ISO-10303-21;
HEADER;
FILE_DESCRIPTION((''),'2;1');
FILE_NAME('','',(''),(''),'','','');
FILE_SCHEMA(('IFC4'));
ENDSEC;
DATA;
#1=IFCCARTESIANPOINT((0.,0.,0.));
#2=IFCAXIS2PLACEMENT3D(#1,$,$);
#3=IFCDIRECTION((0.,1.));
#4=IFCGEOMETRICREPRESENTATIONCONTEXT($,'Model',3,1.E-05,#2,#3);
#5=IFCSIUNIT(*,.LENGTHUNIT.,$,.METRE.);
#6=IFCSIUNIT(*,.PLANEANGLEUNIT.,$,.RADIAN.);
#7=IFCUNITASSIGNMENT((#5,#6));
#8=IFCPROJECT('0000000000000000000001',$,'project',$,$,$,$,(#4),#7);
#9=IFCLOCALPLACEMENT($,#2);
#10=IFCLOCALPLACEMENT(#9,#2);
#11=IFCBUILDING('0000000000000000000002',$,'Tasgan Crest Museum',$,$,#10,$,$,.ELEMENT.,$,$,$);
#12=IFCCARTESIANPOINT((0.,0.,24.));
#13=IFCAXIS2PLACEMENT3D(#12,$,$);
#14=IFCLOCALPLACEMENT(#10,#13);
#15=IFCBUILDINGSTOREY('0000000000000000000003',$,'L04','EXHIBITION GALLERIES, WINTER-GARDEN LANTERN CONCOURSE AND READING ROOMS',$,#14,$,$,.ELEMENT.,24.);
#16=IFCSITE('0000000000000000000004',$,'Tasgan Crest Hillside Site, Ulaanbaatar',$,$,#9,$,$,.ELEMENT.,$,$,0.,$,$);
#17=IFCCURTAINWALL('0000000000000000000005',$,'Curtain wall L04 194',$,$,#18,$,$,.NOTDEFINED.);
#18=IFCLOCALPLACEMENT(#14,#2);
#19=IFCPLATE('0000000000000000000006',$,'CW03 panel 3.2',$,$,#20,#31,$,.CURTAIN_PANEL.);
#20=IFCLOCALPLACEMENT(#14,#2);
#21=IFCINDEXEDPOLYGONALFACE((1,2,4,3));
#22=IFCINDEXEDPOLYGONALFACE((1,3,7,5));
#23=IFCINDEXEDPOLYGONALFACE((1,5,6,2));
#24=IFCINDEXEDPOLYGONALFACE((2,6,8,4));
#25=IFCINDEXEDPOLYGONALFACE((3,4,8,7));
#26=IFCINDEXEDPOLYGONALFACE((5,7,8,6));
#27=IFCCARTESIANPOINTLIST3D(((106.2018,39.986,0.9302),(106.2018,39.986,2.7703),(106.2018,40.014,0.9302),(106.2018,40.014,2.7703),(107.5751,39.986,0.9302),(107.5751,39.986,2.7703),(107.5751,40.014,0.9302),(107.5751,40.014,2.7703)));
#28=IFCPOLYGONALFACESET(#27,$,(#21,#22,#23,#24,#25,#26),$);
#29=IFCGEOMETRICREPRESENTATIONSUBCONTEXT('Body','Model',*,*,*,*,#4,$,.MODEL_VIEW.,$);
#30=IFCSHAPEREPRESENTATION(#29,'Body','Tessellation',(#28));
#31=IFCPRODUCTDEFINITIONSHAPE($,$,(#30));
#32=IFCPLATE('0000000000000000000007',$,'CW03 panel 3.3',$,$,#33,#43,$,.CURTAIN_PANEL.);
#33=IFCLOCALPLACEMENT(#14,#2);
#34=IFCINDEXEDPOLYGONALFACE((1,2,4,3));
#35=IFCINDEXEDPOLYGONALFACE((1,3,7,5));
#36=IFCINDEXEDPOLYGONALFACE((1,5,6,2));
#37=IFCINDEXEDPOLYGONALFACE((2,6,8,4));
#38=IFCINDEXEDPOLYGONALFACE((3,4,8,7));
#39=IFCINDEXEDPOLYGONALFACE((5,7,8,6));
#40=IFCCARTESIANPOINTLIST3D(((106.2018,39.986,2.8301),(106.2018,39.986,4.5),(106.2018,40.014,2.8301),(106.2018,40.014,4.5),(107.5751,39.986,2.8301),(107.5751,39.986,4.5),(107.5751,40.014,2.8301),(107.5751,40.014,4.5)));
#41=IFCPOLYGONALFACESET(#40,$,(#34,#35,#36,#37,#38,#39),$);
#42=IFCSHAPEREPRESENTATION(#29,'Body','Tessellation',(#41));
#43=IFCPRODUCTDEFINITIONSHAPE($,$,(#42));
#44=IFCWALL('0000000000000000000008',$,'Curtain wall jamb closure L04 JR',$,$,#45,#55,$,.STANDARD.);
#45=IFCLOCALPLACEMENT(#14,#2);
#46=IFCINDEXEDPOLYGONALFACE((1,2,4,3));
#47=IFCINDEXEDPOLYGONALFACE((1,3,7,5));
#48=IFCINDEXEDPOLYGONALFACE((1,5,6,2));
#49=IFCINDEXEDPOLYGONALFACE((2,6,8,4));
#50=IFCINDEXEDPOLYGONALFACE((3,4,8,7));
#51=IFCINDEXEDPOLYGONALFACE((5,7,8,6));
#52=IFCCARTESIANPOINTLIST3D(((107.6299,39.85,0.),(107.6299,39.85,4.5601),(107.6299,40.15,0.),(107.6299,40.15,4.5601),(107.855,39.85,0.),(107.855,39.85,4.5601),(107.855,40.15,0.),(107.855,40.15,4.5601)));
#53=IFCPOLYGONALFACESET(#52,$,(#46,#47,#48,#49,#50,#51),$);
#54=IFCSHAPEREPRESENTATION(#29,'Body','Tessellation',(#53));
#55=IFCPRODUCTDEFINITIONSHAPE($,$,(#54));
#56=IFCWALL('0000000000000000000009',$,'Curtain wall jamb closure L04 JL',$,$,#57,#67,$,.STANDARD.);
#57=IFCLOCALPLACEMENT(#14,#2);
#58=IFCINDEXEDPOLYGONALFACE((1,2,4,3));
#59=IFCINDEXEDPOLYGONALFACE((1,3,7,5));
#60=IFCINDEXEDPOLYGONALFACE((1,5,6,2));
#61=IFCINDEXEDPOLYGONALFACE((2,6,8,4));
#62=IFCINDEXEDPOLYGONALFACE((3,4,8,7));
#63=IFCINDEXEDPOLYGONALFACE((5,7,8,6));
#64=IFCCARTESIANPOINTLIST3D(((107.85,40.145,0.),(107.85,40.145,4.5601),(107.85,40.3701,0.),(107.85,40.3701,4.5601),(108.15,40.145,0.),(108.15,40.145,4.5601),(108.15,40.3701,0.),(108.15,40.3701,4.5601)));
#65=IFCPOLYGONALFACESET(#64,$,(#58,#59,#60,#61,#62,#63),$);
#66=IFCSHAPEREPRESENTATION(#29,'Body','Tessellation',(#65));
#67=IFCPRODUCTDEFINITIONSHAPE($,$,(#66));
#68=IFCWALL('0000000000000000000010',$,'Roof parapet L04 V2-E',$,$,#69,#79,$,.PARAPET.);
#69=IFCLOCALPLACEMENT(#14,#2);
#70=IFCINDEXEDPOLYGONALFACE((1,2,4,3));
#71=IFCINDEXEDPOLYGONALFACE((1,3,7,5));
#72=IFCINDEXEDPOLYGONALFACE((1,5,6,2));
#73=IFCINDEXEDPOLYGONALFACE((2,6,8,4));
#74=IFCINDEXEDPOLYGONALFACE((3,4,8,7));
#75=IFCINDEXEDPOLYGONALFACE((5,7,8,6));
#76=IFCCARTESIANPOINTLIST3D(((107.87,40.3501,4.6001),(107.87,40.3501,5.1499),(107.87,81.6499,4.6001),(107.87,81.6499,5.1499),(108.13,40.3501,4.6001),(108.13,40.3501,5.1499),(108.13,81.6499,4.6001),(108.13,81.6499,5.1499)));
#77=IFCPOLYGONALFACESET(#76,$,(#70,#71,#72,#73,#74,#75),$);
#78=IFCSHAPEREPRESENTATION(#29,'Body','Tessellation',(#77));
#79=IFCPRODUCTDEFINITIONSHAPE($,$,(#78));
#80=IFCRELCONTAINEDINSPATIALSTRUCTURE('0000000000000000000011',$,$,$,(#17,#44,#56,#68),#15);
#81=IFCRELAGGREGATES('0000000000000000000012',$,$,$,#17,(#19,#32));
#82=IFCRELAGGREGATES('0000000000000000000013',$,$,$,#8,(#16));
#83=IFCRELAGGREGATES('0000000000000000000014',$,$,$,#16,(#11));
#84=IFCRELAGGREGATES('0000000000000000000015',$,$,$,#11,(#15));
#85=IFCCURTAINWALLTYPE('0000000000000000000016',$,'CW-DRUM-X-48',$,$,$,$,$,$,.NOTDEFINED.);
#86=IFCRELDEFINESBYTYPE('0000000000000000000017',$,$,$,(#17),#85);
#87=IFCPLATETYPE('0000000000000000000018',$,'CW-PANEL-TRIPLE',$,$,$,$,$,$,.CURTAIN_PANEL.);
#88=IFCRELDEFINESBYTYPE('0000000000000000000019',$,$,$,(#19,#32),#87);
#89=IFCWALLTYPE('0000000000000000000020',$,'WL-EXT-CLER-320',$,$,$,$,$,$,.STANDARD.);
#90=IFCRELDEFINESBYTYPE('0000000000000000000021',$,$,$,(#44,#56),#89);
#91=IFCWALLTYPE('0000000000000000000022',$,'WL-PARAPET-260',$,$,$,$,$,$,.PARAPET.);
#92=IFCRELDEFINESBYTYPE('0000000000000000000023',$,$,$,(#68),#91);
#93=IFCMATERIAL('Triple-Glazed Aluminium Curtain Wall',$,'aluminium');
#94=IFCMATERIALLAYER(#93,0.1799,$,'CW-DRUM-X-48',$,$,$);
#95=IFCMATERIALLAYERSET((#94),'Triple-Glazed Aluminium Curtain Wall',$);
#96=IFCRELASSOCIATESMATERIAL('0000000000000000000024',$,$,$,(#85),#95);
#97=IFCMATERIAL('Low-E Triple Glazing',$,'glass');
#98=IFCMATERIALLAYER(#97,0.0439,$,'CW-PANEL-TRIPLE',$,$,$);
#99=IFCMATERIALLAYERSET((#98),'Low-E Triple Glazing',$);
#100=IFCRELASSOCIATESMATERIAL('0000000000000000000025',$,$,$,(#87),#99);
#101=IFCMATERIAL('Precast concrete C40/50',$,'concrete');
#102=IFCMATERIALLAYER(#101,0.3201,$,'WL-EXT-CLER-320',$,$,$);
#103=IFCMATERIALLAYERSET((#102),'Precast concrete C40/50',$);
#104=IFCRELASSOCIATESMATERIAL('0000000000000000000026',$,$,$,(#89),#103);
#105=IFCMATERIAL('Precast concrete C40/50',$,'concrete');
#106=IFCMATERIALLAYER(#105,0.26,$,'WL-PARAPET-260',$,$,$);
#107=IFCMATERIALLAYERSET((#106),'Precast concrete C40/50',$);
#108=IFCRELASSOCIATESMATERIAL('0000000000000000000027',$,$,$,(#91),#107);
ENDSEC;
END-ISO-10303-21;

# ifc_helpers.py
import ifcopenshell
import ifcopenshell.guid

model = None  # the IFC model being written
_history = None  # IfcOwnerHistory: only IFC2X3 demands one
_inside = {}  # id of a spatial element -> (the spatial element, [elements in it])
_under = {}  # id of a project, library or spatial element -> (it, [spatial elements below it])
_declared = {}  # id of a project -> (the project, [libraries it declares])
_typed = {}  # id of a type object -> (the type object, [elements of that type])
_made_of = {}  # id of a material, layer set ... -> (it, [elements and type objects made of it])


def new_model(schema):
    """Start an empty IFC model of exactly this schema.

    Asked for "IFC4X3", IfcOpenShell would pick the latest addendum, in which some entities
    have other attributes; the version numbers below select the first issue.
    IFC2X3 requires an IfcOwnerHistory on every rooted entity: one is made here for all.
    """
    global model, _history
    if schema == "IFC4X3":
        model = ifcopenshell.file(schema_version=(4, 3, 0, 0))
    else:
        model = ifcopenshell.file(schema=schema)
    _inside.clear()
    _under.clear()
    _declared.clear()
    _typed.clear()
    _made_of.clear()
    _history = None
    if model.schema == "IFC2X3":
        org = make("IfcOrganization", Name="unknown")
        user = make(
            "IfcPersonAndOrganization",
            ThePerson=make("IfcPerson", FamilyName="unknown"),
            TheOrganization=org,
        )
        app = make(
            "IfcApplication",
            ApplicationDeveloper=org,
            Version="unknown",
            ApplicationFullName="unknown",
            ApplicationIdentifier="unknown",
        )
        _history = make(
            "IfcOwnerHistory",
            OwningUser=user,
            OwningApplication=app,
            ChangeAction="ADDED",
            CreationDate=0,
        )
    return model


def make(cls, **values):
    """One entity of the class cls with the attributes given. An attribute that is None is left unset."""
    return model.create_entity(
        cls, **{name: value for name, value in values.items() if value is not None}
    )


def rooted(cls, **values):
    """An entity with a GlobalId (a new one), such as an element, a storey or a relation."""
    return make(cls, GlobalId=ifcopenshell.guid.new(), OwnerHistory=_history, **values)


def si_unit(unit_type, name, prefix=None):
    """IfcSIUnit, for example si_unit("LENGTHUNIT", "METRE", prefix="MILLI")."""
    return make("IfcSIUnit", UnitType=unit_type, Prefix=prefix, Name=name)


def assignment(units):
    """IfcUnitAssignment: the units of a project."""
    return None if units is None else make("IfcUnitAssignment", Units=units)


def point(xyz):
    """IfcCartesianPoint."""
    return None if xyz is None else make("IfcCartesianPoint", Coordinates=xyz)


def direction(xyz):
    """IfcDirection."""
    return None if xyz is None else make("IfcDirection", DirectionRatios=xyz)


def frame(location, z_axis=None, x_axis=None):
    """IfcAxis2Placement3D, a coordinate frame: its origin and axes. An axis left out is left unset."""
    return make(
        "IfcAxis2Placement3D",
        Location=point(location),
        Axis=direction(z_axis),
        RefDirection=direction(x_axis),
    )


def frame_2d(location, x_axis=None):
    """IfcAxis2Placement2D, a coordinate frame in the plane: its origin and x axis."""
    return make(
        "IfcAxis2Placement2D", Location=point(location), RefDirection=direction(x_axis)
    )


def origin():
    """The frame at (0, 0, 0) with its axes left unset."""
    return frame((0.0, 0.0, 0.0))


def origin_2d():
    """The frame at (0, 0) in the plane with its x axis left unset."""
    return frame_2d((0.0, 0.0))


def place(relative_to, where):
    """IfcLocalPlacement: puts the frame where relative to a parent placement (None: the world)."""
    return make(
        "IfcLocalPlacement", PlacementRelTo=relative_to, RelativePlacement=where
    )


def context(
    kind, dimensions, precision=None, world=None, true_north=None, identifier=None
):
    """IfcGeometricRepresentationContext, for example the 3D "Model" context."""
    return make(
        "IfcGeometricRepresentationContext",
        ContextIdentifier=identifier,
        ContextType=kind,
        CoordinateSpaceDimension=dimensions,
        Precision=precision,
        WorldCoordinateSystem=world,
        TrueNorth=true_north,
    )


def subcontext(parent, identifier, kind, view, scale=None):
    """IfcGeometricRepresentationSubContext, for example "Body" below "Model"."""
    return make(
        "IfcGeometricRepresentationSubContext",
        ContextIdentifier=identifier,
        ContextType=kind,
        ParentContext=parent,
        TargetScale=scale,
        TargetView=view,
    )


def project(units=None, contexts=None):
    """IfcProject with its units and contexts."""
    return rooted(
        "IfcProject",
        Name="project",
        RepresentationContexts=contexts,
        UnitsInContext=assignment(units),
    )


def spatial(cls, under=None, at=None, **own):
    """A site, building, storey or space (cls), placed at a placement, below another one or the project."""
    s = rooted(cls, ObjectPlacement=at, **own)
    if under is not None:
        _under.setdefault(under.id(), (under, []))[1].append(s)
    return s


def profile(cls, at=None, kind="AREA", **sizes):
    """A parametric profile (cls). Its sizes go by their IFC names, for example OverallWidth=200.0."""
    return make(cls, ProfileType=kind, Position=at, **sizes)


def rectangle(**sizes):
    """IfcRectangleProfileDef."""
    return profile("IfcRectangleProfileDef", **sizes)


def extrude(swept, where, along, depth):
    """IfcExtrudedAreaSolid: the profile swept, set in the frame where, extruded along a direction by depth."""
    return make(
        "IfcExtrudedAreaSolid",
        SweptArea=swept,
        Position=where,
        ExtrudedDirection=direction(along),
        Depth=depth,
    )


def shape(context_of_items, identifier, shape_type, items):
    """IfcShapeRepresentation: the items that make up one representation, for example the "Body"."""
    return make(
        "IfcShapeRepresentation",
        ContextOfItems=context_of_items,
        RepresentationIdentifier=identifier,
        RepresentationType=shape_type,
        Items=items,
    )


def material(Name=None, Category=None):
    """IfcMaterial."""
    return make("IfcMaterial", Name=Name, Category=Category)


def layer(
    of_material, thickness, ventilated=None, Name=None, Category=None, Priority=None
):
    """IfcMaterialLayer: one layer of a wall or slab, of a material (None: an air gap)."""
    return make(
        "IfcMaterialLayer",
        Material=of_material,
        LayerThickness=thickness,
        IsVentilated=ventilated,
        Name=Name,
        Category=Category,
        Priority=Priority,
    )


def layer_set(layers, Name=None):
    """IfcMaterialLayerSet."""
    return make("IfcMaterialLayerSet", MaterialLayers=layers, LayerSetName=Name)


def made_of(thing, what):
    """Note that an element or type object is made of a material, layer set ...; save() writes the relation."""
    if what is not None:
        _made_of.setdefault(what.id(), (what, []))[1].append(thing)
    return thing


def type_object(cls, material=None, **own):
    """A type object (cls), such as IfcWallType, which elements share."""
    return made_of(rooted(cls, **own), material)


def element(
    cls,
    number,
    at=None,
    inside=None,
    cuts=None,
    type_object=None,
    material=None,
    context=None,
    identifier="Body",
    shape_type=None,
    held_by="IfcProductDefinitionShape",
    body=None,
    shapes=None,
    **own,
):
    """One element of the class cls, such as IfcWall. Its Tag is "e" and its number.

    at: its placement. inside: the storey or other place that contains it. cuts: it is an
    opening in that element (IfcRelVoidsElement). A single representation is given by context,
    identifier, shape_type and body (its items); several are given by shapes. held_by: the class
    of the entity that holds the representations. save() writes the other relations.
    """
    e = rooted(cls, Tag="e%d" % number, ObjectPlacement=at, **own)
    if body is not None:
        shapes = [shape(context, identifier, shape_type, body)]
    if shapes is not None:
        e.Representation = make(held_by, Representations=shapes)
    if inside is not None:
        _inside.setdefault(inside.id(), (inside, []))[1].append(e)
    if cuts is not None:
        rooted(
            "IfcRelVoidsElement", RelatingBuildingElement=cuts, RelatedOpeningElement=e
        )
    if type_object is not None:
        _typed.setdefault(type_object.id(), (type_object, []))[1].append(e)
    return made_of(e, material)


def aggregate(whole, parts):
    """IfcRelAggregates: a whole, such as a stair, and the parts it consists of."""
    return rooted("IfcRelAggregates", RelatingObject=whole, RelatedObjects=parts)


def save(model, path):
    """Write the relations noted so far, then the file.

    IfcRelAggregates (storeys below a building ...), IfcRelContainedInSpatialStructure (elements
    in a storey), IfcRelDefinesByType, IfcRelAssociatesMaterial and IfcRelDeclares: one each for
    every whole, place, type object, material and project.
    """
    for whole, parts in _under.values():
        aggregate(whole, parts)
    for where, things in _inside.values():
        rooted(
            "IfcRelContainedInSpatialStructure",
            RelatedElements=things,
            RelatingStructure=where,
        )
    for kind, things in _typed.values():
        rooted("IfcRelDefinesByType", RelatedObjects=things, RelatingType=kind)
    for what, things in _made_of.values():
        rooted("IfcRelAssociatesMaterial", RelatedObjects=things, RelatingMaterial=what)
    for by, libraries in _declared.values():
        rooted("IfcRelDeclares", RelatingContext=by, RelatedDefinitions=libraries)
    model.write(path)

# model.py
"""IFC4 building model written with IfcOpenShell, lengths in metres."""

from ifc_helpers import new_model, si_unit, direction, frame, frame_2d, origin, origin_2d, place, context, subcontext, project, spatial, rectangle, extrude, material, layer, layer_set, type_object, element, aggregate, save


model = new_model("IFC4")

# Units and contexts
model_context = context("Model", 3, precision=1e-05, world=origin(), true_north=direction((0.0, 1.0)))
body_context = subcontext(model_context, "Body", "Model", "MODEL_VIEW")
ifc_project = project(units=[si_unit("LENGTHUNIT", "METRE"), si_unit("PLANEANGLEUNIT", "RADIAN")], contexts=[model_context])

# Site, building, storey
site_placement = place(None, origin())
site = spatial("IfcSite", under=ifc_project, at=site_placement, Name="Tasgan Crest Hillside Site, Ulaanbaatar", CompositionType="ELEMENT", RefElevation=0.0)
building_placement = place(site_placement, origin())
building = spatial("IfcBuilding", under=site, at=building_placement, Name="Tasgan Crest Museum", CompositionType="ELEMENT")
storey_placement = place(building_placement, frame((0.0, 0.0, 24.0)))
storey = spatial("IfcBuildingStorey", under=building, at=storey_placement, Name="L04", Description="EXHIBITION GALLERIES, WINTER-GARDEN LANTERN CONCOURSE AND READING ROOMS", CompositionType="ELEMENT", Elevation=24.0)

# Curtain wall
ifc_material_1 = material(Name="Triple-Glazed Aluminium Curtain Wall", Category="aluminium")
ifc_layer_1 = layer(ifc_material_1, 0.1799, Name="CW-DRUM-X-48")
ifc_layer_set_1 = layer_set([ifc_layer_1], Name="Triple-Glazed Aluminium Curtain Wall")
curtain_wall_type_1 = type_object("IfcCurtainWallType", Name="CW-DRUM-X-48", PredefinedType="NOTDEFINED", material=ifc_layer_set_1)
curtain_wall_1_placement = place(storey_placement, origin())
curtain_wall_1 = element("IfcCurtainWall", 1, at=curtain_wall_1_placement, inside=storey, type_object=curtain_wall_type_1, Name="Curtain wall L04 194", PredefinedType="NOTDEFINED")

# Plates
ifc_material_2 = material(Name="Low-E Triple Glazing", Category="glass")
ifc_layer_2 = layer(ifc_material_2, 0.0439, Name="CW-PANEL-TRIPLE")
ifc_layer_set_2 = layer_set([ifc_layer_2], Name="Low-E Triple Glazing")
plate_type_1 = type_object("IfcPlateType", Name="CW-PANEL-TRIPLE", PredefinedType="CURTAIN_PANEL", material=ifc_layer_set_2)
plate_1_placement = place(storey_placement, frame((106.8884, 40.0, 0.9302), z_axis=(0.0, 0.0, 1.0), x_axis=(1.0, 0.0, 0.0)))
plate_1 = element("IfcPlate", 2, at=plate_1_placement, type_object=plate_type_1, Name="CW03 panel 3.2", PredefinedType="CURTAIN_PANEL", context=body_context, shape_type="SweptSolid", body=[
    extrude(rectangle(XDim=1.3733, YDim=0.0281, at=origin_2d()), origin(), (0.0, 0.0, 1.0), 1.8401),
])
plate_2_placement = place(storey_placement, frame((106.8884, 40.0, 2.8301), z_axis=(0.0, 0.0, 1.0), x_axis=(1.0, 0.0, 0.0)))
plate_2 = element("IfcPlate", 3, at=plate_2_placement, type_object=plate_type_1, Name="CW03 panel 3.3", PredefinedType="CURTAIN_PANEL", context=body_context, shape_type="SweptSolid", body=[
    extrude(rectangle(XDim=1.3733, YDim=0.0281, at=origin_2d()), origin(), (0.0, 0.0, 1.0), 1.6699),
])
aggregate(curtain_wall_1, [plate_1, plate_2])

# Walls
ifc_material_3 = material(Name="Precast concrete C40/50", Category="concrete")
ifc_layer_3 = layer(ifc_material_3, 0.3201, Name="WL-EXT-CLER-320")
ifc_layer_set_3 = layer_set([ifc_layer_3], Name="Precast concrete C40/50")
wall_type_1 = type_object("IfcWallType", Name="WL-EXT-CLER-320", PredefinedType="STANDARD", material=ifc_layer_set_3)
for number, where, z_axis, x_axis, name in (
    (4, (107.6299, 40.0, 0.0), (0.0, 0.0, 1.0), (1.0, 0.0, 0.0), "Curtain wall jamb closure L04 JR"),
    (5, (108.0, 40.145, 0.0), (0.0, 0.0, 1.0), (0.0, 1.0, 0.0), "Curtain wall jamb closure L04 JL"),
):
    element("IfcWall", number, at=place(storey_placement, frame(where, z_axis=z_axis, x_axis=x_axis)), inside=storey, type_object=wall_type_1, Name=name, PredefinedType="STANDARD", context=body_context, shape_type="SweptSolid", body=[
        extrude(rectangle(XDim=0.2251, YDim=0.3, at=frame_2d((0.1125, 0.0))), origin(), (0.0, 0.0, 1.0), 4.5601),
    ])
ifc_material_4 = material(Name="Precast concrete C40/50", Category="concrete")
ifc_layer_4 = layer(ifc_material_4, 0.26, Name="WL-PARAPET-260")
ifc_layer_set_4 = layer_set([ifc_layer_4], Name="Precast concrete C40/50")
wall_type_2 = type_object("IfcWallType", Name="WL-PARAPET-260", PredefinedType="PARAPET", material=ifc_layer_set_4)
wall_placement = place(storey_placement, frame((108.0, 40.3501, 4.6001), z_axis=(0.0, 0.0, 1.0), x_axis=(0.0, 1.0, 0.0)))
element("IfcWall", 6, at=wall_placement, inside=storey, type_object=wall_type_2, Name="Roof parapet L04 V2-E", PredefinedType="PARAPET", context=body_context, shape_type="SweptSolid", body=[
    extrude(rectangle(XDim=41.2998, YDim=0.26, at=frame_2d((20.6499, 0.0))), origin(), (0.0, 0.0, 1.0), 0.5498),
])

save(model, "model.ifc")
